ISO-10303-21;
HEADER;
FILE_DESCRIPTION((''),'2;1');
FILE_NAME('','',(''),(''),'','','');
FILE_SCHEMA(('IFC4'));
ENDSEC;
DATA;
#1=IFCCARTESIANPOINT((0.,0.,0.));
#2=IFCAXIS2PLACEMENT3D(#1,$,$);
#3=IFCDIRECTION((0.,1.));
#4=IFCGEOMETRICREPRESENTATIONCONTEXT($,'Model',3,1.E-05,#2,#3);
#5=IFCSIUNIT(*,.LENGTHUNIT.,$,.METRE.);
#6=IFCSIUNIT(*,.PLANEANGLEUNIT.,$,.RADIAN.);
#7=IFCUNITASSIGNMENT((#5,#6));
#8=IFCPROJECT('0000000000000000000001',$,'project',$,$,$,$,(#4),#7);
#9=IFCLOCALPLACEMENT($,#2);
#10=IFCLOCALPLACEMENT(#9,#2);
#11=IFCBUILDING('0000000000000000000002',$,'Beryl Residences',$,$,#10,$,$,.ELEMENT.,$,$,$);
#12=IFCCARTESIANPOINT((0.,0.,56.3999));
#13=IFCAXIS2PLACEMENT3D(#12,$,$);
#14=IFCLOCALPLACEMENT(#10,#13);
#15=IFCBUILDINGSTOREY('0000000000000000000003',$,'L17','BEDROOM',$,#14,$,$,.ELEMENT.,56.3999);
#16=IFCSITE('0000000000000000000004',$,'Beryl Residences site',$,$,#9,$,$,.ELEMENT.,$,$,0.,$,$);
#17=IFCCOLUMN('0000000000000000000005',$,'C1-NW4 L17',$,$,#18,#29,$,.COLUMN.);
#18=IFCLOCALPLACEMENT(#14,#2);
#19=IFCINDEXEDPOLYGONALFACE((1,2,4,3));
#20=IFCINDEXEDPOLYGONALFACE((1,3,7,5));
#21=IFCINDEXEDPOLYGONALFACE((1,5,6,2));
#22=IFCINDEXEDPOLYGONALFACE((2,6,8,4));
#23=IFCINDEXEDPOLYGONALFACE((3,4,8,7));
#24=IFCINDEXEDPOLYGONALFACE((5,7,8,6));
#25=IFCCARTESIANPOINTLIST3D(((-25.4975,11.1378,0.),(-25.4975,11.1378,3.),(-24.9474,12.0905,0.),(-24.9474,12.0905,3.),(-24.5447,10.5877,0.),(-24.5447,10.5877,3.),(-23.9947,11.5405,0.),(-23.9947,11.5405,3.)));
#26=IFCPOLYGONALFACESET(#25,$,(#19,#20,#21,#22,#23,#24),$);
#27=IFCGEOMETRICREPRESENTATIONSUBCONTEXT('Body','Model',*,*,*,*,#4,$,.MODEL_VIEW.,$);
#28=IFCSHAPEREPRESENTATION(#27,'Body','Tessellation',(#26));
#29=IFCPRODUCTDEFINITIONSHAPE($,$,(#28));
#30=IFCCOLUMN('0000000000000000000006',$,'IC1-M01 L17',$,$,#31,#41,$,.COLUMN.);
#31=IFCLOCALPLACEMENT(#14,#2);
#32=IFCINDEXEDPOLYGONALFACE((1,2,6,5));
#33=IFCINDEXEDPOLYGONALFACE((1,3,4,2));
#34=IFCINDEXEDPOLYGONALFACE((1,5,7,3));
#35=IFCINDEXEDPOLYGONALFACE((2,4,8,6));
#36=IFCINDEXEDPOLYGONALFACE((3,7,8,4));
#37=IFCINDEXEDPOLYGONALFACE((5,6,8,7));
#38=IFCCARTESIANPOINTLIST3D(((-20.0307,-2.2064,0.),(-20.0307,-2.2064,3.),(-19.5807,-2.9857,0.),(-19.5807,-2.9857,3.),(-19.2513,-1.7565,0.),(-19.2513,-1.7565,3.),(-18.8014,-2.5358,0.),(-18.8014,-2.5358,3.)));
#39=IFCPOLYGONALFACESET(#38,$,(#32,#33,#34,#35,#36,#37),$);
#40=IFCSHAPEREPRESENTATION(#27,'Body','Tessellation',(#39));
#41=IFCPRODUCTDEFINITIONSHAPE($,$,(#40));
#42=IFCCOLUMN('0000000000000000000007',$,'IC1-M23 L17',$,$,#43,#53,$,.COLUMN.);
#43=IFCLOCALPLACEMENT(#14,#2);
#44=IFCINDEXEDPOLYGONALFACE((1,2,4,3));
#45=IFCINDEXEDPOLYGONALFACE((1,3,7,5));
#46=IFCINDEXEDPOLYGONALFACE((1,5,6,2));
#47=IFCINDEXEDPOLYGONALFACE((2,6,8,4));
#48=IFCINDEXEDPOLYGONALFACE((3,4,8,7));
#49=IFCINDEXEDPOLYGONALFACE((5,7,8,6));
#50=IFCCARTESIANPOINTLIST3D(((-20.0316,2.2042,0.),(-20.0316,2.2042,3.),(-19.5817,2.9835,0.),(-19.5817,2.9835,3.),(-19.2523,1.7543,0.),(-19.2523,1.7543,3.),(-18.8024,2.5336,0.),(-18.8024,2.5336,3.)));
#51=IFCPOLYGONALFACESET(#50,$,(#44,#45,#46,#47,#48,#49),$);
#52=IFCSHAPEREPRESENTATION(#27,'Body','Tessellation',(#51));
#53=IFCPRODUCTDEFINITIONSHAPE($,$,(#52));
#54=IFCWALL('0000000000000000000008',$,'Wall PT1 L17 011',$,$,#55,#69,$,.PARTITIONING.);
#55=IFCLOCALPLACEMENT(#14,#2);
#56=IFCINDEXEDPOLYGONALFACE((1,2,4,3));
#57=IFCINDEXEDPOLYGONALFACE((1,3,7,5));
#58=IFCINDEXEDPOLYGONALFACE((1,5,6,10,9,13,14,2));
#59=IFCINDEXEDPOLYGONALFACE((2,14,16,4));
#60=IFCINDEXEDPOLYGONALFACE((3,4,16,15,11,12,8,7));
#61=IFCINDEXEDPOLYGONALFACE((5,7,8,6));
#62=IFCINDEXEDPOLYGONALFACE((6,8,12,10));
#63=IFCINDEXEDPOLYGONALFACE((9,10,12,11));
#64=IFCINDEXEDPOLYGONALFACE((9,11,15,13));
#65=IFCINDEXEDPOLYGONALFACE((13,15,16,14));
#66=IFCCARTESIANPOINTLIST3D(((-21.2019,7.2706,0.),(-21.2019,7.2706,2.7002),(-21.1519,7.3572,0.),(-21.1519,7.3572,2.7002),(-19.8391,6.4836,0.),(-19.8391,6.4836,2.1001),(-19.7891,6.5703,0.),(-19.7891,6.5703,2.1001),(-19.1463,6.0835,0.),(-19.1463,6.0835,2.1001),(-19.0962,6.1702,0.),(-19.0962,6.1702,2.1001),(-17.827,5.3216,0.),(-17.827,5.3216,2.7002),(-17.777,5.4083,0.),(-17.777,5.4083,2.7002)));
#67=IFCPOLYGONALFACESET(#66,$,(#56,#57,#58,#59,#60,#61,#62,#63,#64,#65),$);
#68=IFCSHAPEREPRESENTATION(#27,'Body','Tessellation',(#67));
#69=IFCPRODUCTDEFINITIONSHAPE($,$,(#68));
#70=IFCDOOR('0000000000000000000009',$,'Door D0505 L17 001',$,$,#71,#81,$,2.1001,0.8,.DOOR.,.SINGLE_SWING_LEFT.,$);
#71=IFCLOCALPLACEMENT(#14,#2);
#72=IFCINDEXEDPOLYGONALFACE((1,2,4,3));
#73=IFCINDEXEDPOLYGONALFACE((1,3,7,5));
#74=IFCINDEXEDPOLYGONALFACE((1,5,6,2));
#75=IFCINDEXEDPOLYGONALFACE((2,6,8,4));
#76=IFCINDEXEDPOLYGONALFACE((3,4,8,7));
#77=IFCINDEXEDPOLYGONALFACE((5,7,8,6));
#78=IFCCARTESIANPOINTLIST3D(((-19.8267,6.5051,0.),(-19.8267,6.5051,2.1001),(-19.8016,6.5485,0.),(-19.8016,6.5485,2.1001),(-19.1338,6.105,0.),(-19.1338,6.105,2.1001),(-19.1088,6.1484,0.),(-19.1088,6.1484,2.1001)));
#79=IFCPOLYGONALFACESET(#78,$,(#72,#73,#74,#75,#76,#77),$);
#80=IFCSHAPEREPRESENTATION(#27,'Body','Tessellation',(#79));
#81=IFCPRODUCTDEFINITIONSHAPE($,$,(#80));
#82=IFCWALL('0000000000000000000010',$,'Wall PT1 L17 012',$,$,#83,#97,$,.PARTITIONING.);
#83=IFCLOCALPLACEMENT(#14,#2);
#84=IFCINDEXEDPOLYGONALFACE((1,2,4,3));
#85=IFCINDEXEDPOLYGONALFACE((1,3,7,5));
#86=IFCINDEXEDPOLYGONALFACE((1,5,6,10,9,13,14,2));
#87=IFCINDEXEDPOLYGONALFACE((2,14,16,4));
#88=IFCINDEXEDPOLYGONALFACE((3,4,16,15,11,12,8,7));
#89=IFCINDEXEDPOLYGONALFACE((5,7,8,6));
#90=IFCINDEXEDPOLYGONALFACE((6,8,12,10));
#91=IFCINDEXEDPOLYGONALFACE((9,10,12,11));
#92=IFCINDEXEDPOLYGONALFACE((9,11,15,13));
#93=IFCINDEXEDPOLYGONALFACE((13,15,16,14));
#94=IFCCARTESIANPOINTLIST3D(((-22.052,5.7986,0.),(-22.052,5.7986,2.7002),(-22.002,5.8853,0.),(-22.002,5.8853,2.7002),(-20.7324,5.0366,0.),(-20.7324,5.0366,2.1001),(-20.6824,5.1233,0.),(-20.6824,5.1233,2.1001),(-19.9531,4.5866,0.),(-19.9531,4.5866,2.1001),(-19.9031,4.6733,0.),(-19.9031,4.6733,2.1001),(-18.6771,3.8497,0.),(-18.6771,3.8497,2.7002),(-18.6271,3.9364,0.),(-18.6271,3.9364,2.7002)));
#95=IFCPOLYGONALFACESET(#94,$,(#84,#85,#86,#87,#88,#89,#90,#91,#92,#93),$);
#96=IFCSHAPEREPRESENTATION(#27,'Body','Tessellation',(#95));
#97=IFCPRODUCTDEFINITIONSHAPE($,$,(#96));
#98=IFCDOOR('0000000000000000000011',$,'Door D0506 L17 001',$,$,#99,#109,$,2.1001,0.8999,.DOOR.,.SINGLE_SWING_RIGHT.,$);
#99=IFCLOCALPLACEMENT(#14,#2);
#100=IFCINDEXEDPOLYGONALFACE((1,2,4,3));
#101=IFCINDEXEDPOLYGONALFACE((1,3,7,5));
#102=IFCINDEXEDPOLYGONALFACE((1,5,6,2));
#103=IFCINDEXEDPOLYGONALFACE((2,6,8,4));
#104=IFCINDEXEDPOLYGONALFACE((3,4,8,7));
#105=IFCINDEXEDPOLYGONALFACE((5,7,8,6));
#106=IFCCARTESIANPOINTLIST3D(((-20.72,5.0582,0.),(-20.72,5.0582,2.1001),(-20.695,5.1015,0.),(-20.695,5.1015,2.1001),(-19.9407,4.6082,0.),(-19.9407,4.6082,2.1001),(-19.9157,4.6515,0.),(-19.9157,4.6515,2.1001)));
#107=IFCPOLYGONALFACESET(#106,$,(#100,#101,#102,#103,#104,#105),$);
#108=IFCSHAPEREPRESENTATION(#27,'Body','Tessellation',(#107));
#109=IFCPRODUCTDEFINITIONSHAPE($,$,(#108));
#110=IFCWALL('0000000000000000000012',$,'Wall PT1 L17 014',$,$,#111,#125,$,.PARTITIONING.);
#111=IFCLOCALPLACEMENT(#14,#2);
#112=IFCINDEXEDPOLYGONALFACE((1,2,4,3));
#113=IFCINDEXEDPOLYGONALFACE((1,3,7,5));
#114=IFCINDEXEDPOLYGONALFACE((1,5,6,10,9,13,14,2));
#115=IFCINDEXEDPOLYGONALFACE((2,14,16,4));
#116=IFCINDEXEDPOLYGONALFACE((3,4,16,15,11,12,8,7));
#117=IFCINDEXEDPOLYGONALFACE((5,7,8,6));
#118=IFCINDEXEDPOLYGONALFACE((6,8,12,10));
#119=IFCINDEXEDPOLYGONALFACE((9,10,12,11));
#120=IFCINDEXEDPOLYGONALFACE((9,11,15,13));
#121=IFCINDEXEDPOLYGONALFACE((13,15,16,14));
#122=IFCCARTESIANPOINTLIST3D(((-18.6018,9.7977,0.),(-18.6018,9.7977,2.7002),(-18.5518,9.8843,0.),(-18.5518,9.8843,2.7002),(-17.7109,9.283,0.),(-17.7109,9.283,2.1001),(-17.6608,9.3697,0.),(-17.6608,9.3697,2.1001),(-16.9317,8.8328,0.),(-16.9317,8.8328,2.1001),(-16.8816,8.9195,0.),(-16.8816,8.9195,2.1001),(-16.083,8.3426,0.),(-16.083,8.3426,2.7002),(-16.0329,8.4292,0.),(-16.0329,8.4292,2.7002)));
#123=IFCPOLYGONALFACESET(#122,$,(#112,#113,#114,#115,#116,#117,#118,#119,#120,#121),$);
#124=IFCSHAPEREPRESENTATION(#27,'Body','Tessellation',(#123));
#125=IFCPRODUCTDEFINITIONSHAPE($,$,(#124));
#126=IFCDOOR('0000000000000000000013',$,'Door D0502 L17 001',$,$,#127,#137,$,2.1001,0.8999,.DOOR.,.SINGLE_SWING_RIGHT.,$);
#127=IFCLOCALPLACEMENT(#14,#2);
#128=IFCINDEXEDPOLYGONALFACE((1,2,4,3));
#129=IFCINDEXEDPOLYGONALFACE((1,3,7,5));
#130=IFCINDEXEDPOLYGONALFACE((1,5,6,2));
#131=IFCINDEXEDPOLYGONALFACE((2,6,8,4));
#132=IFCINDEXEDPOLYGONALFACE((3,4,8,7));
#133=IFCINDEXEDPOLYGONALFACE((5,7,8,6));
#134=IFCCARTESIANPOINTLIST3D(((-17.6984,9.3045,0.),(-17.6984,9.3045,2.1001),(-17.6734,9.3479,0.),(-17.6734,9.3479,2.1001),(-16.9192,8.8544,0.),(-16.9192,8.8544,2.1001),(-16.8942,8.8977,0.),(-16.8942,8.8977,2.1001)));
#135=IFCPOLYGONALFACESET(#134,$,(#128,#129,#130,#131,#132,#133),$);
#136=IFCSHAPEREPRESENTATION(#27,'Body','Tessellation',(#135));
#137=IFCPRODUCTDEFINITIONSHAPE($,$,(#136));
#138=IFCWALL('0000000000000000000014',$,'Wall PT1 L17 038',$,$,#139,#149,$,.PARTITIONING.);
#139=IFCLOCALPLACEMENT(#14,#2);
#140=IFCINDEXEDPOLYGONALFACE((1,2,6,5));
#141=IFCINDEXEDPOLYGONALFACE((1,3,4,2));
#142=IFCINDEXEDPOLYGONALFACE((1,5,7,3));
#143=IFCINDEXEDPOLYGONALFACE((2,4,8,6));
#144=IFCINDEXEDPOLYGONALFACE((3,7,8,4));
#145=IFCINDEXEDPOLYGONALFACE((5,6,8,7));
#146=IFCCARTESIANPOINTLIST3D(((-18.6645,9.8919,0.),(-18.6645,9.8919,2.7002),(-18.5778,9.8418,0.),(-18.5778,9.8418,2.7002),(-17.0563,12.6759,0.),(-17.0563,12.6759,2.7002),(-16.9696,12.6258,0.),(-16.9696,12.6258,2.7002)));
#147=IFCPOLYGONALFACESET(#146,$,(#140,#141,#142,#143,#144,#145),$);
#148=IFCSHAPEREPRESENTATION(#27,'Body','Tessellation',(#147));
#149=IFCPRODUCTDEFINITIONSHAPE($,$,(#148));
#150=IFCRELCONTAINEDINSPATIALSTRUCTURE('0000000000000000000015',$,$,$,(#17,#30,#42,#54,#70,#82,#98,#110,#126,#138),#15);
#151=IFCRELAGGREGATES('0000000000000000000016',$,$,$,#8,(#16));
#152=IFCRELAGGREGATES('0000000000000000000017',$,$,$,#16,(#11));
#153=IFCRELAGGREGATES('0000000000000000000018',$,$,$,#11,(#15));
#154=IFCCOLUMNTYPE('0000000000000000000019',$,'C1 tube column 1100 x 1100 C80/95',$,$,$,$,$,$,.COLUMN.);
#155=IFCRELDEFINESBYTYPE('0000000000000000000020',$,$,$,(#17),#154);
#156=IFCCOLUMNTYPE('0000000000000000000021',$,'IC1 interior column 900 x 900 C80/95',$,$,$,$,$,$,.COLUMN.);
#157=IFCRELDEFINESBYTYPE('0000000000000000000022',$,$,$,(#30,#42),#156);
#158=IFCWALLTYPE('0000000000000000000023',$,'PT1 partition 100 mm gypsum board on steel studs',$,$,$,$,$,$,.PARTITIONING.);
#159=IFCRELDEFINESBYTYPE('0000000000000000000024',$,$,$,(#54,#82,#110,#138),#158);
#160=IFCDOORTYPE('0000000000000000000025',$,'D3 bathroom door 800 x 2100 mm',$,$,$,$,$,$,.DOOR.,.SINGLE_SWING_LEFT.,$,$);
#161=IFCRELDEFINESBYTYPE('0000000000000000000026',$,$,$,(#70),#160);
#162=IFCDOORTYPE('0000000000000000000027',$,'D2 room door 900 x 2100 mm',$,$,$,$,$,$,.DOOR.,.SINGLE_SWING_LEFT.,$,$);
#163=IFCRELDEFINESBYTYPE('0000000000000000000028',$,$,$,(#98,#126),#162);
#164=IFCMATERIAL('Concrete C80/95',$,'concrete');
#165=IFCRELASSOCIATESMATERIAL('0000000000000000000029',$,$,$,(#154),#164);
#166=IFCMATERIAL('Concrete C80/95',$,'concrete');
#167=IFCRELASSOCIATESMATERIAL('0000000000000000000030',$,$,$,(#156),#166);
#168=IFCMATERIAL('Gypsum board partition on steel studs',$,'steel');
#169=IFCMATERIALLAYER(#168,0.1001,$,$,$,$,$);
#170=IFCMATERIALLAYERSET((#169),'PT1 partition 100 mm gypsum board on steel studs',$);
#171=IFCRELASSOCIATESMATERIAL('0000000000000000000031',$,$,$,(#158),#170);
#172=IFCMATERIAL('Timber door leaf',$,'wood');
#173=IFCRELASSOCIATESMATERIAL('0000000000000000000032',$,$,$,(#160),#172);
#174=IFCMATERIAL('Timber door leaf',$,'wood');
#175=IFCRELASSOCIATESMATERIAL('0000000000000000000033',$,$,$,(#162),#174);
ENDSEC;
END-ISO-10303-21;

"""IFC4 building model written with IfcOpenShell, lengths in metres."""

from ifc_helpers import new_model, si_unit, direction, frame, frame_2d, origin, origin_2d, place, context, subcontext, project, spatial, rectangle, extrude, material, layer, layer_set, material_profile, profile_set, type_object, element, fill, save


model = new_model("IFC4")

# Units and contexts
model_context = context("Model", 3, precision=1e-05, world=origin(), true_north=direction((0.0, 1.0)))
body_context = subcontext(model_context, "Body", "Model", "MODEL_VIEW")
ifc_project = project(units=[si_unit("LENGTHUNIT", "METRE"), si_unit("PLANEANGLEUNIT", "RADIAN")], contexts=[model_context])

# Site, building, storey
site_placement = place(None, origin())
site = spatial("IfcSite", under=ifc_project, at=site_placement, Name="Beryl Residences site", CompositionType="ELEMENT", RefElevation=0.0)
building_placement = place(site_placement, origin())
building = spatial("IfcBuilding", under=site, at=building_placement, Name="Beryl Residences", CompositionType="ELEMENT")
storey_placement = place(building_placement, frame((0.0, 0.0, 56.3999)))
storey = spatial("IfcBuildingStorey", under=building, at=storey_placement, Name="L17", Description="BEDROOM", CompositionType="ELEMENT", Elevation=56.3999)

# Columns
ifc_material_1 = material(Name="Concrete C80/95", Category="concrete")
ifc_material_profile_1 = material_profile(ifc_material_1, rectangle(XDim=1.1001, YDim=1.1001, at=origin_2d()))
ifc_profile_set_1 = profile_set([ifc_material_profile_1], Name="Concrete C80/95")
column_type_1 = type_object("IfcColumnType", Name="C1 tube column 1100 x 1100 C80/95", PredefinedType="COLUMN", material=ifc_profile_set_1)
column_placement = place(storey_placement, frame((-24.7461, 11.3391, 0.0), z_axis=(0.0, 0.0, 1.0), x_axis=(-0.499985, -0.866034, 0.0)))
element("IfcColumn", 1, at=column_placement, inside=storey, type_object=column_type_1, Name="C1-NW4 L17", PredefinedType="COLUMN", context=body_context, shape_type="SweptSolid", body=[
    extrude(rectangle(XDim=1.1001, YDim=1.1001, at=origin_2d()), origin(), (0.0, 0.0, 1.0), 3.0),
])
ifc_material_2 = material(Name="Concrete C80/95", Category="concrete")
ifc_material_profile_2 = material_profile(ifc_material_2, rectangle(XDim=0.8999, YDim=0.8999, at=origin_2d()))
ifc_profile_set_2 = profile_set([ifc_material_profile_2], Name="Concrete C80/95")
column_type_2 = type_object("IfcColumnType", Name="IC1 interior column 900 x 900 C80/95", PredefinedType="COLUMN", material=ifc_profile_set_2)
for number, where, z_axis, x_axis, name in (
    (2, (-19.416, -2.3711, 0.0), (0.0, 0.0, 1.0), (0.499985, -0.866034, 0.0), "IC1-M01 L17"),
    (3, (-19.417, 2.3689, 0.0), (0.0, 0.0, 1.0), (-0.499985, -0.866034, 0.0), "IC1-M23 L17"),
):
    element("IfcColumn", number, at=place(storey_placement, frame(where, z_axis=z_axis, x_axis=x_axis)), inside=storey, type_object=column_type_2, Name=name, PredefinedType="COLUMN", context=body_context, shape_type="SweptSolid", body=[
        extrude(rectangle(XDim=0.8999, YDim=0.8999, at=origin_2d()), origin(), (0.0, 0.0, 1.0), 3.0),
    ])

# Walls, openings, doors
ifc_material_3 = material(Name="Gypsum board partition on steel studs", Category="steel")
ifc_layer_1 = layer(ifc_material_3, 0.1001)
ifc_layer_set_1 = layer_set([ifc_layer_1], Name="PT1 partition 100 mm gypsum board on steel studs")
wall_type_1 = type_object("IfcWallType", Name="PT1 partition 100 mm gypsum board on steel studs", PredefinedType="PARTITIONING", material=ifc_layer_set_1)
wall_1_placement = place(storey_placement, frame((-21.177, 7.314, 0.0), z_axis=(0.0, 0.0, 1.0), x_axis=(0.865979, -0.50008, 0.0)))
wall_1 = element("IfcWall", 4, at=wall_1_placement, inside=storey, type_object=wall_type_1, Name="Wall PT1 L17 011", PredefinedType="PARTITIONING", context=body_context, shape_type="SweptSolid", body=[
    extrude(rectangle(XDim=3.8972, YDim=0.1001, at=frame_2d((1.9487, 0.0))), origin(), (0.0, 0.0, 1.0), 2.7002),
])
opening_1_placement = place(wall_1_placement, frame((1.574, 0.0, 0.0)))
opening_1 = element("IfcOpeningElement", 5, at=opening_1_placement, cuts=wall_1, PredefinedType="OPENING", context=body_context, shape_type="SweptSolid", body=[
    extrude(rectangle(XDim=0.8, YDim=2.1001, at=frame_2d((0.3999, 1.05))), frame((0.0, 0.0601, 0.0), z_axis=(0.0, -1.0, 0.0), x_axis=(1.0, 0.0, 0.0)), (0.0, 0.0, 1.0), 0.1201),
])
ifc_material_4 = material(Name="Timber door leaf", Category="wood")
door_type_1 = type_object("IfcDoorType", Name="D3 bathroom door 800 x 2100 mm", OperationType="SINGLE_SWING_LEFT", PredefinedType="DOOR", material=ifc_material_4)
door_1_placement = place(opening_1_placement, origin())
door_1 = element("IfcDoor", 6, at=door_1_placement, inside=storey, type_object=door_type_1, Name="Door D0505 L17 001", OperationType="SINGLE_SWING_LEFT", OverallHeight=2.1001, OverallWidth=0.8, PredefinedType="DOOR", context=body_context, shape_type="SweptSolid", body=[
    extrude(rectangle(XDim=0.8, YDim=2.1001, at=frame_2d((0.3999, 1.05))), frame((0.0, 0.0249, 0.0), z_axis=(0.0, -1.0, 0.0), x_axis=(1.0, 0.0, 0.0)), (0.0, 0.0, 1.0), 0.05),
])
fill(opening_1, door_1)
wall_2_placement = place(storey_placement, frame((-22.0271, 5.842, 0.0), z_axis=(0.0, 0.0, 1.0), x_axis=(0.865979, -0.50008, 0.0)))
wall_2 = element("IfcWall", 7, at=wall_2_placement, inside=storey, type_object=wall_type_1, Name="Wall PT1 L17 012", PredefinedType="PARTITIONING", context=body_context, shape_type="SweptSolid", body=[
    extrude(rectangle(XDim=3.8972, YDim=0.1001, at=frame_2d((1.9487, 0.0))), origin(), (0.0, 0.0, 1.0), 2.7002),
])
opening_2_placement = place(wall_2_placement, frame((1.5239, 0.0, 0.0)))
opening_2 = element("IfcOpeningElement", 8, at=opening_2_placement, cuts=wall_2, PredefinedType="OPENING", context=body_context, shape_type="SweptSolid", body=[
    extrude(rectangle(XDim=0.8999, YDim=2.1001, at=frame_2d((0.45, 1.05))), frame((0.0, 0.0601, 0.0), z_axis=(0.0, -1.0, 0.0), x_axis=(1.0, 0.0, 0.0)), (0.0, 0.0, 1.0), 0.1201),
])
ifc_material_5 = material(Name="Timber door leaf", Category="wood")
door_type_2 = type_object("IfcDoorType", Name="D2 room door 900 x 2100 mm", OperationType="SINGLE_SWING_LEFT", PredefinedType="DOOR", material=ifc_material_5)
door_2_placement = place(opening_2_placement, origin())
door_2 = element("IfcDoor", 9, at=door_2_placement, inside=storey, type_object=door_type_2, Name="Door D0506 L17 001", OperationType="SINGLE_SWING_RIGHT", OverallHeight=2.1001, OverallWidth=0.8999, PredefinedType="DOOR", context=body_context, shape_type="SweptSolid", body=[
    extrude(rectangle(XDim=0.8999, YDim=2.1001, at=frame_2d((0.45, 1.05))), frame((0.0, 0.0249, 0.0), z_axis=(0.0, -1.0, 0.0), x_axis=(1.0, 0.0, 0.0)), (0.0, 0.0, 1.0), 0.05),
])
fill(opening_2, door_2)
wall_3_placement = place(storey_placement, frame((-18.5769, 9.8411, 0.0), z_axis=(0.0, 0.0, 1.0), x_axis=(0.865899, -0.500219, 0.0)))
wall_3 = element("IfcWall", 10, at=wall_3_placement, inside=storey, type_object=wall_type_1, Name="Wall PT1 L17 014", PredefinedType="PARTITIONING", context=body_context, shape_type="SweptSolid", body=[
    extrude(rectangle(XDim=2.9089, YDim=0.1001, at=frame_2d((1.4546, 0.0))), origin(), (0.0, 0.0, 1.0), 2.7002),
])
opening_3_placement = place(wall_3_placement, frame((1.0291, 0.0, 0.0)))
opening_3 = element("IfcOpeningElement", 11, at=opening_3_placement, cuts=wall_3, PredefinedType="OPENING", context=body_context, shape_type="SweptSolid", body=[
    extrude(rectangle(XDim=0.8999, YDim=2.1001, at=frame_2d((0.45, 1.05))), frame((0.0, 0.0601, 0.0), z_axis=(0.0, -1.0, 0.0), x_axis=(1.0, 0.0, 0.0)), (0.0, 0.0, 1.0), 0.1201),
])
door_3_placement = place(opening_3_placement, origin())
door_3 = element("IfcDoor", 12, at=door_3_placement, inside=storey, type_object=door_type_2, Name="Door D0502 L17 001", OperationType="SINGLE_SWING_RIGHT", OverallHeight=2.1001, OverallWidth=0.8999, PredefinedType="DOOR", context=body_context, shape_type="SweptSolid", body=[
    extrude(rectangle(XDim=0.8999, YDim=2.1001, at=frame_2d((0.45, 1.05))), frame((0.0, 0.0249, 0.0), z_axis=(0.0, -1.0, 0.0), x_axis=(1.0, 0.0, 0.0)), (0.0, 0.0, 1.0), 0.05),
])
fill(opening_3, door_3)

# Wall
wall_4_placement = place(storey_placement, frame((-18.6211, 9.8669, 0.0), z_axis=(0.0, 0.0, 1.0), x_axis=(0.500198, 0.865911, 0.0)))
element("IfcWall", 13, at=wall_4_placement, inside=storey, type_object=wall_type_1, Name="Wall PT1 L17 038", PredefinedType="PARTITIONING", context=body_context, shape_type="SweptSolid", body=[
    extrude(rectangle(XDim=3.2151, YDim=0.1001, at=frame_2d((1.6074, 0.0))), origin(), (0.0, 0.0, 1.0), 2.7002),
])

save(model, "model.ifc")
